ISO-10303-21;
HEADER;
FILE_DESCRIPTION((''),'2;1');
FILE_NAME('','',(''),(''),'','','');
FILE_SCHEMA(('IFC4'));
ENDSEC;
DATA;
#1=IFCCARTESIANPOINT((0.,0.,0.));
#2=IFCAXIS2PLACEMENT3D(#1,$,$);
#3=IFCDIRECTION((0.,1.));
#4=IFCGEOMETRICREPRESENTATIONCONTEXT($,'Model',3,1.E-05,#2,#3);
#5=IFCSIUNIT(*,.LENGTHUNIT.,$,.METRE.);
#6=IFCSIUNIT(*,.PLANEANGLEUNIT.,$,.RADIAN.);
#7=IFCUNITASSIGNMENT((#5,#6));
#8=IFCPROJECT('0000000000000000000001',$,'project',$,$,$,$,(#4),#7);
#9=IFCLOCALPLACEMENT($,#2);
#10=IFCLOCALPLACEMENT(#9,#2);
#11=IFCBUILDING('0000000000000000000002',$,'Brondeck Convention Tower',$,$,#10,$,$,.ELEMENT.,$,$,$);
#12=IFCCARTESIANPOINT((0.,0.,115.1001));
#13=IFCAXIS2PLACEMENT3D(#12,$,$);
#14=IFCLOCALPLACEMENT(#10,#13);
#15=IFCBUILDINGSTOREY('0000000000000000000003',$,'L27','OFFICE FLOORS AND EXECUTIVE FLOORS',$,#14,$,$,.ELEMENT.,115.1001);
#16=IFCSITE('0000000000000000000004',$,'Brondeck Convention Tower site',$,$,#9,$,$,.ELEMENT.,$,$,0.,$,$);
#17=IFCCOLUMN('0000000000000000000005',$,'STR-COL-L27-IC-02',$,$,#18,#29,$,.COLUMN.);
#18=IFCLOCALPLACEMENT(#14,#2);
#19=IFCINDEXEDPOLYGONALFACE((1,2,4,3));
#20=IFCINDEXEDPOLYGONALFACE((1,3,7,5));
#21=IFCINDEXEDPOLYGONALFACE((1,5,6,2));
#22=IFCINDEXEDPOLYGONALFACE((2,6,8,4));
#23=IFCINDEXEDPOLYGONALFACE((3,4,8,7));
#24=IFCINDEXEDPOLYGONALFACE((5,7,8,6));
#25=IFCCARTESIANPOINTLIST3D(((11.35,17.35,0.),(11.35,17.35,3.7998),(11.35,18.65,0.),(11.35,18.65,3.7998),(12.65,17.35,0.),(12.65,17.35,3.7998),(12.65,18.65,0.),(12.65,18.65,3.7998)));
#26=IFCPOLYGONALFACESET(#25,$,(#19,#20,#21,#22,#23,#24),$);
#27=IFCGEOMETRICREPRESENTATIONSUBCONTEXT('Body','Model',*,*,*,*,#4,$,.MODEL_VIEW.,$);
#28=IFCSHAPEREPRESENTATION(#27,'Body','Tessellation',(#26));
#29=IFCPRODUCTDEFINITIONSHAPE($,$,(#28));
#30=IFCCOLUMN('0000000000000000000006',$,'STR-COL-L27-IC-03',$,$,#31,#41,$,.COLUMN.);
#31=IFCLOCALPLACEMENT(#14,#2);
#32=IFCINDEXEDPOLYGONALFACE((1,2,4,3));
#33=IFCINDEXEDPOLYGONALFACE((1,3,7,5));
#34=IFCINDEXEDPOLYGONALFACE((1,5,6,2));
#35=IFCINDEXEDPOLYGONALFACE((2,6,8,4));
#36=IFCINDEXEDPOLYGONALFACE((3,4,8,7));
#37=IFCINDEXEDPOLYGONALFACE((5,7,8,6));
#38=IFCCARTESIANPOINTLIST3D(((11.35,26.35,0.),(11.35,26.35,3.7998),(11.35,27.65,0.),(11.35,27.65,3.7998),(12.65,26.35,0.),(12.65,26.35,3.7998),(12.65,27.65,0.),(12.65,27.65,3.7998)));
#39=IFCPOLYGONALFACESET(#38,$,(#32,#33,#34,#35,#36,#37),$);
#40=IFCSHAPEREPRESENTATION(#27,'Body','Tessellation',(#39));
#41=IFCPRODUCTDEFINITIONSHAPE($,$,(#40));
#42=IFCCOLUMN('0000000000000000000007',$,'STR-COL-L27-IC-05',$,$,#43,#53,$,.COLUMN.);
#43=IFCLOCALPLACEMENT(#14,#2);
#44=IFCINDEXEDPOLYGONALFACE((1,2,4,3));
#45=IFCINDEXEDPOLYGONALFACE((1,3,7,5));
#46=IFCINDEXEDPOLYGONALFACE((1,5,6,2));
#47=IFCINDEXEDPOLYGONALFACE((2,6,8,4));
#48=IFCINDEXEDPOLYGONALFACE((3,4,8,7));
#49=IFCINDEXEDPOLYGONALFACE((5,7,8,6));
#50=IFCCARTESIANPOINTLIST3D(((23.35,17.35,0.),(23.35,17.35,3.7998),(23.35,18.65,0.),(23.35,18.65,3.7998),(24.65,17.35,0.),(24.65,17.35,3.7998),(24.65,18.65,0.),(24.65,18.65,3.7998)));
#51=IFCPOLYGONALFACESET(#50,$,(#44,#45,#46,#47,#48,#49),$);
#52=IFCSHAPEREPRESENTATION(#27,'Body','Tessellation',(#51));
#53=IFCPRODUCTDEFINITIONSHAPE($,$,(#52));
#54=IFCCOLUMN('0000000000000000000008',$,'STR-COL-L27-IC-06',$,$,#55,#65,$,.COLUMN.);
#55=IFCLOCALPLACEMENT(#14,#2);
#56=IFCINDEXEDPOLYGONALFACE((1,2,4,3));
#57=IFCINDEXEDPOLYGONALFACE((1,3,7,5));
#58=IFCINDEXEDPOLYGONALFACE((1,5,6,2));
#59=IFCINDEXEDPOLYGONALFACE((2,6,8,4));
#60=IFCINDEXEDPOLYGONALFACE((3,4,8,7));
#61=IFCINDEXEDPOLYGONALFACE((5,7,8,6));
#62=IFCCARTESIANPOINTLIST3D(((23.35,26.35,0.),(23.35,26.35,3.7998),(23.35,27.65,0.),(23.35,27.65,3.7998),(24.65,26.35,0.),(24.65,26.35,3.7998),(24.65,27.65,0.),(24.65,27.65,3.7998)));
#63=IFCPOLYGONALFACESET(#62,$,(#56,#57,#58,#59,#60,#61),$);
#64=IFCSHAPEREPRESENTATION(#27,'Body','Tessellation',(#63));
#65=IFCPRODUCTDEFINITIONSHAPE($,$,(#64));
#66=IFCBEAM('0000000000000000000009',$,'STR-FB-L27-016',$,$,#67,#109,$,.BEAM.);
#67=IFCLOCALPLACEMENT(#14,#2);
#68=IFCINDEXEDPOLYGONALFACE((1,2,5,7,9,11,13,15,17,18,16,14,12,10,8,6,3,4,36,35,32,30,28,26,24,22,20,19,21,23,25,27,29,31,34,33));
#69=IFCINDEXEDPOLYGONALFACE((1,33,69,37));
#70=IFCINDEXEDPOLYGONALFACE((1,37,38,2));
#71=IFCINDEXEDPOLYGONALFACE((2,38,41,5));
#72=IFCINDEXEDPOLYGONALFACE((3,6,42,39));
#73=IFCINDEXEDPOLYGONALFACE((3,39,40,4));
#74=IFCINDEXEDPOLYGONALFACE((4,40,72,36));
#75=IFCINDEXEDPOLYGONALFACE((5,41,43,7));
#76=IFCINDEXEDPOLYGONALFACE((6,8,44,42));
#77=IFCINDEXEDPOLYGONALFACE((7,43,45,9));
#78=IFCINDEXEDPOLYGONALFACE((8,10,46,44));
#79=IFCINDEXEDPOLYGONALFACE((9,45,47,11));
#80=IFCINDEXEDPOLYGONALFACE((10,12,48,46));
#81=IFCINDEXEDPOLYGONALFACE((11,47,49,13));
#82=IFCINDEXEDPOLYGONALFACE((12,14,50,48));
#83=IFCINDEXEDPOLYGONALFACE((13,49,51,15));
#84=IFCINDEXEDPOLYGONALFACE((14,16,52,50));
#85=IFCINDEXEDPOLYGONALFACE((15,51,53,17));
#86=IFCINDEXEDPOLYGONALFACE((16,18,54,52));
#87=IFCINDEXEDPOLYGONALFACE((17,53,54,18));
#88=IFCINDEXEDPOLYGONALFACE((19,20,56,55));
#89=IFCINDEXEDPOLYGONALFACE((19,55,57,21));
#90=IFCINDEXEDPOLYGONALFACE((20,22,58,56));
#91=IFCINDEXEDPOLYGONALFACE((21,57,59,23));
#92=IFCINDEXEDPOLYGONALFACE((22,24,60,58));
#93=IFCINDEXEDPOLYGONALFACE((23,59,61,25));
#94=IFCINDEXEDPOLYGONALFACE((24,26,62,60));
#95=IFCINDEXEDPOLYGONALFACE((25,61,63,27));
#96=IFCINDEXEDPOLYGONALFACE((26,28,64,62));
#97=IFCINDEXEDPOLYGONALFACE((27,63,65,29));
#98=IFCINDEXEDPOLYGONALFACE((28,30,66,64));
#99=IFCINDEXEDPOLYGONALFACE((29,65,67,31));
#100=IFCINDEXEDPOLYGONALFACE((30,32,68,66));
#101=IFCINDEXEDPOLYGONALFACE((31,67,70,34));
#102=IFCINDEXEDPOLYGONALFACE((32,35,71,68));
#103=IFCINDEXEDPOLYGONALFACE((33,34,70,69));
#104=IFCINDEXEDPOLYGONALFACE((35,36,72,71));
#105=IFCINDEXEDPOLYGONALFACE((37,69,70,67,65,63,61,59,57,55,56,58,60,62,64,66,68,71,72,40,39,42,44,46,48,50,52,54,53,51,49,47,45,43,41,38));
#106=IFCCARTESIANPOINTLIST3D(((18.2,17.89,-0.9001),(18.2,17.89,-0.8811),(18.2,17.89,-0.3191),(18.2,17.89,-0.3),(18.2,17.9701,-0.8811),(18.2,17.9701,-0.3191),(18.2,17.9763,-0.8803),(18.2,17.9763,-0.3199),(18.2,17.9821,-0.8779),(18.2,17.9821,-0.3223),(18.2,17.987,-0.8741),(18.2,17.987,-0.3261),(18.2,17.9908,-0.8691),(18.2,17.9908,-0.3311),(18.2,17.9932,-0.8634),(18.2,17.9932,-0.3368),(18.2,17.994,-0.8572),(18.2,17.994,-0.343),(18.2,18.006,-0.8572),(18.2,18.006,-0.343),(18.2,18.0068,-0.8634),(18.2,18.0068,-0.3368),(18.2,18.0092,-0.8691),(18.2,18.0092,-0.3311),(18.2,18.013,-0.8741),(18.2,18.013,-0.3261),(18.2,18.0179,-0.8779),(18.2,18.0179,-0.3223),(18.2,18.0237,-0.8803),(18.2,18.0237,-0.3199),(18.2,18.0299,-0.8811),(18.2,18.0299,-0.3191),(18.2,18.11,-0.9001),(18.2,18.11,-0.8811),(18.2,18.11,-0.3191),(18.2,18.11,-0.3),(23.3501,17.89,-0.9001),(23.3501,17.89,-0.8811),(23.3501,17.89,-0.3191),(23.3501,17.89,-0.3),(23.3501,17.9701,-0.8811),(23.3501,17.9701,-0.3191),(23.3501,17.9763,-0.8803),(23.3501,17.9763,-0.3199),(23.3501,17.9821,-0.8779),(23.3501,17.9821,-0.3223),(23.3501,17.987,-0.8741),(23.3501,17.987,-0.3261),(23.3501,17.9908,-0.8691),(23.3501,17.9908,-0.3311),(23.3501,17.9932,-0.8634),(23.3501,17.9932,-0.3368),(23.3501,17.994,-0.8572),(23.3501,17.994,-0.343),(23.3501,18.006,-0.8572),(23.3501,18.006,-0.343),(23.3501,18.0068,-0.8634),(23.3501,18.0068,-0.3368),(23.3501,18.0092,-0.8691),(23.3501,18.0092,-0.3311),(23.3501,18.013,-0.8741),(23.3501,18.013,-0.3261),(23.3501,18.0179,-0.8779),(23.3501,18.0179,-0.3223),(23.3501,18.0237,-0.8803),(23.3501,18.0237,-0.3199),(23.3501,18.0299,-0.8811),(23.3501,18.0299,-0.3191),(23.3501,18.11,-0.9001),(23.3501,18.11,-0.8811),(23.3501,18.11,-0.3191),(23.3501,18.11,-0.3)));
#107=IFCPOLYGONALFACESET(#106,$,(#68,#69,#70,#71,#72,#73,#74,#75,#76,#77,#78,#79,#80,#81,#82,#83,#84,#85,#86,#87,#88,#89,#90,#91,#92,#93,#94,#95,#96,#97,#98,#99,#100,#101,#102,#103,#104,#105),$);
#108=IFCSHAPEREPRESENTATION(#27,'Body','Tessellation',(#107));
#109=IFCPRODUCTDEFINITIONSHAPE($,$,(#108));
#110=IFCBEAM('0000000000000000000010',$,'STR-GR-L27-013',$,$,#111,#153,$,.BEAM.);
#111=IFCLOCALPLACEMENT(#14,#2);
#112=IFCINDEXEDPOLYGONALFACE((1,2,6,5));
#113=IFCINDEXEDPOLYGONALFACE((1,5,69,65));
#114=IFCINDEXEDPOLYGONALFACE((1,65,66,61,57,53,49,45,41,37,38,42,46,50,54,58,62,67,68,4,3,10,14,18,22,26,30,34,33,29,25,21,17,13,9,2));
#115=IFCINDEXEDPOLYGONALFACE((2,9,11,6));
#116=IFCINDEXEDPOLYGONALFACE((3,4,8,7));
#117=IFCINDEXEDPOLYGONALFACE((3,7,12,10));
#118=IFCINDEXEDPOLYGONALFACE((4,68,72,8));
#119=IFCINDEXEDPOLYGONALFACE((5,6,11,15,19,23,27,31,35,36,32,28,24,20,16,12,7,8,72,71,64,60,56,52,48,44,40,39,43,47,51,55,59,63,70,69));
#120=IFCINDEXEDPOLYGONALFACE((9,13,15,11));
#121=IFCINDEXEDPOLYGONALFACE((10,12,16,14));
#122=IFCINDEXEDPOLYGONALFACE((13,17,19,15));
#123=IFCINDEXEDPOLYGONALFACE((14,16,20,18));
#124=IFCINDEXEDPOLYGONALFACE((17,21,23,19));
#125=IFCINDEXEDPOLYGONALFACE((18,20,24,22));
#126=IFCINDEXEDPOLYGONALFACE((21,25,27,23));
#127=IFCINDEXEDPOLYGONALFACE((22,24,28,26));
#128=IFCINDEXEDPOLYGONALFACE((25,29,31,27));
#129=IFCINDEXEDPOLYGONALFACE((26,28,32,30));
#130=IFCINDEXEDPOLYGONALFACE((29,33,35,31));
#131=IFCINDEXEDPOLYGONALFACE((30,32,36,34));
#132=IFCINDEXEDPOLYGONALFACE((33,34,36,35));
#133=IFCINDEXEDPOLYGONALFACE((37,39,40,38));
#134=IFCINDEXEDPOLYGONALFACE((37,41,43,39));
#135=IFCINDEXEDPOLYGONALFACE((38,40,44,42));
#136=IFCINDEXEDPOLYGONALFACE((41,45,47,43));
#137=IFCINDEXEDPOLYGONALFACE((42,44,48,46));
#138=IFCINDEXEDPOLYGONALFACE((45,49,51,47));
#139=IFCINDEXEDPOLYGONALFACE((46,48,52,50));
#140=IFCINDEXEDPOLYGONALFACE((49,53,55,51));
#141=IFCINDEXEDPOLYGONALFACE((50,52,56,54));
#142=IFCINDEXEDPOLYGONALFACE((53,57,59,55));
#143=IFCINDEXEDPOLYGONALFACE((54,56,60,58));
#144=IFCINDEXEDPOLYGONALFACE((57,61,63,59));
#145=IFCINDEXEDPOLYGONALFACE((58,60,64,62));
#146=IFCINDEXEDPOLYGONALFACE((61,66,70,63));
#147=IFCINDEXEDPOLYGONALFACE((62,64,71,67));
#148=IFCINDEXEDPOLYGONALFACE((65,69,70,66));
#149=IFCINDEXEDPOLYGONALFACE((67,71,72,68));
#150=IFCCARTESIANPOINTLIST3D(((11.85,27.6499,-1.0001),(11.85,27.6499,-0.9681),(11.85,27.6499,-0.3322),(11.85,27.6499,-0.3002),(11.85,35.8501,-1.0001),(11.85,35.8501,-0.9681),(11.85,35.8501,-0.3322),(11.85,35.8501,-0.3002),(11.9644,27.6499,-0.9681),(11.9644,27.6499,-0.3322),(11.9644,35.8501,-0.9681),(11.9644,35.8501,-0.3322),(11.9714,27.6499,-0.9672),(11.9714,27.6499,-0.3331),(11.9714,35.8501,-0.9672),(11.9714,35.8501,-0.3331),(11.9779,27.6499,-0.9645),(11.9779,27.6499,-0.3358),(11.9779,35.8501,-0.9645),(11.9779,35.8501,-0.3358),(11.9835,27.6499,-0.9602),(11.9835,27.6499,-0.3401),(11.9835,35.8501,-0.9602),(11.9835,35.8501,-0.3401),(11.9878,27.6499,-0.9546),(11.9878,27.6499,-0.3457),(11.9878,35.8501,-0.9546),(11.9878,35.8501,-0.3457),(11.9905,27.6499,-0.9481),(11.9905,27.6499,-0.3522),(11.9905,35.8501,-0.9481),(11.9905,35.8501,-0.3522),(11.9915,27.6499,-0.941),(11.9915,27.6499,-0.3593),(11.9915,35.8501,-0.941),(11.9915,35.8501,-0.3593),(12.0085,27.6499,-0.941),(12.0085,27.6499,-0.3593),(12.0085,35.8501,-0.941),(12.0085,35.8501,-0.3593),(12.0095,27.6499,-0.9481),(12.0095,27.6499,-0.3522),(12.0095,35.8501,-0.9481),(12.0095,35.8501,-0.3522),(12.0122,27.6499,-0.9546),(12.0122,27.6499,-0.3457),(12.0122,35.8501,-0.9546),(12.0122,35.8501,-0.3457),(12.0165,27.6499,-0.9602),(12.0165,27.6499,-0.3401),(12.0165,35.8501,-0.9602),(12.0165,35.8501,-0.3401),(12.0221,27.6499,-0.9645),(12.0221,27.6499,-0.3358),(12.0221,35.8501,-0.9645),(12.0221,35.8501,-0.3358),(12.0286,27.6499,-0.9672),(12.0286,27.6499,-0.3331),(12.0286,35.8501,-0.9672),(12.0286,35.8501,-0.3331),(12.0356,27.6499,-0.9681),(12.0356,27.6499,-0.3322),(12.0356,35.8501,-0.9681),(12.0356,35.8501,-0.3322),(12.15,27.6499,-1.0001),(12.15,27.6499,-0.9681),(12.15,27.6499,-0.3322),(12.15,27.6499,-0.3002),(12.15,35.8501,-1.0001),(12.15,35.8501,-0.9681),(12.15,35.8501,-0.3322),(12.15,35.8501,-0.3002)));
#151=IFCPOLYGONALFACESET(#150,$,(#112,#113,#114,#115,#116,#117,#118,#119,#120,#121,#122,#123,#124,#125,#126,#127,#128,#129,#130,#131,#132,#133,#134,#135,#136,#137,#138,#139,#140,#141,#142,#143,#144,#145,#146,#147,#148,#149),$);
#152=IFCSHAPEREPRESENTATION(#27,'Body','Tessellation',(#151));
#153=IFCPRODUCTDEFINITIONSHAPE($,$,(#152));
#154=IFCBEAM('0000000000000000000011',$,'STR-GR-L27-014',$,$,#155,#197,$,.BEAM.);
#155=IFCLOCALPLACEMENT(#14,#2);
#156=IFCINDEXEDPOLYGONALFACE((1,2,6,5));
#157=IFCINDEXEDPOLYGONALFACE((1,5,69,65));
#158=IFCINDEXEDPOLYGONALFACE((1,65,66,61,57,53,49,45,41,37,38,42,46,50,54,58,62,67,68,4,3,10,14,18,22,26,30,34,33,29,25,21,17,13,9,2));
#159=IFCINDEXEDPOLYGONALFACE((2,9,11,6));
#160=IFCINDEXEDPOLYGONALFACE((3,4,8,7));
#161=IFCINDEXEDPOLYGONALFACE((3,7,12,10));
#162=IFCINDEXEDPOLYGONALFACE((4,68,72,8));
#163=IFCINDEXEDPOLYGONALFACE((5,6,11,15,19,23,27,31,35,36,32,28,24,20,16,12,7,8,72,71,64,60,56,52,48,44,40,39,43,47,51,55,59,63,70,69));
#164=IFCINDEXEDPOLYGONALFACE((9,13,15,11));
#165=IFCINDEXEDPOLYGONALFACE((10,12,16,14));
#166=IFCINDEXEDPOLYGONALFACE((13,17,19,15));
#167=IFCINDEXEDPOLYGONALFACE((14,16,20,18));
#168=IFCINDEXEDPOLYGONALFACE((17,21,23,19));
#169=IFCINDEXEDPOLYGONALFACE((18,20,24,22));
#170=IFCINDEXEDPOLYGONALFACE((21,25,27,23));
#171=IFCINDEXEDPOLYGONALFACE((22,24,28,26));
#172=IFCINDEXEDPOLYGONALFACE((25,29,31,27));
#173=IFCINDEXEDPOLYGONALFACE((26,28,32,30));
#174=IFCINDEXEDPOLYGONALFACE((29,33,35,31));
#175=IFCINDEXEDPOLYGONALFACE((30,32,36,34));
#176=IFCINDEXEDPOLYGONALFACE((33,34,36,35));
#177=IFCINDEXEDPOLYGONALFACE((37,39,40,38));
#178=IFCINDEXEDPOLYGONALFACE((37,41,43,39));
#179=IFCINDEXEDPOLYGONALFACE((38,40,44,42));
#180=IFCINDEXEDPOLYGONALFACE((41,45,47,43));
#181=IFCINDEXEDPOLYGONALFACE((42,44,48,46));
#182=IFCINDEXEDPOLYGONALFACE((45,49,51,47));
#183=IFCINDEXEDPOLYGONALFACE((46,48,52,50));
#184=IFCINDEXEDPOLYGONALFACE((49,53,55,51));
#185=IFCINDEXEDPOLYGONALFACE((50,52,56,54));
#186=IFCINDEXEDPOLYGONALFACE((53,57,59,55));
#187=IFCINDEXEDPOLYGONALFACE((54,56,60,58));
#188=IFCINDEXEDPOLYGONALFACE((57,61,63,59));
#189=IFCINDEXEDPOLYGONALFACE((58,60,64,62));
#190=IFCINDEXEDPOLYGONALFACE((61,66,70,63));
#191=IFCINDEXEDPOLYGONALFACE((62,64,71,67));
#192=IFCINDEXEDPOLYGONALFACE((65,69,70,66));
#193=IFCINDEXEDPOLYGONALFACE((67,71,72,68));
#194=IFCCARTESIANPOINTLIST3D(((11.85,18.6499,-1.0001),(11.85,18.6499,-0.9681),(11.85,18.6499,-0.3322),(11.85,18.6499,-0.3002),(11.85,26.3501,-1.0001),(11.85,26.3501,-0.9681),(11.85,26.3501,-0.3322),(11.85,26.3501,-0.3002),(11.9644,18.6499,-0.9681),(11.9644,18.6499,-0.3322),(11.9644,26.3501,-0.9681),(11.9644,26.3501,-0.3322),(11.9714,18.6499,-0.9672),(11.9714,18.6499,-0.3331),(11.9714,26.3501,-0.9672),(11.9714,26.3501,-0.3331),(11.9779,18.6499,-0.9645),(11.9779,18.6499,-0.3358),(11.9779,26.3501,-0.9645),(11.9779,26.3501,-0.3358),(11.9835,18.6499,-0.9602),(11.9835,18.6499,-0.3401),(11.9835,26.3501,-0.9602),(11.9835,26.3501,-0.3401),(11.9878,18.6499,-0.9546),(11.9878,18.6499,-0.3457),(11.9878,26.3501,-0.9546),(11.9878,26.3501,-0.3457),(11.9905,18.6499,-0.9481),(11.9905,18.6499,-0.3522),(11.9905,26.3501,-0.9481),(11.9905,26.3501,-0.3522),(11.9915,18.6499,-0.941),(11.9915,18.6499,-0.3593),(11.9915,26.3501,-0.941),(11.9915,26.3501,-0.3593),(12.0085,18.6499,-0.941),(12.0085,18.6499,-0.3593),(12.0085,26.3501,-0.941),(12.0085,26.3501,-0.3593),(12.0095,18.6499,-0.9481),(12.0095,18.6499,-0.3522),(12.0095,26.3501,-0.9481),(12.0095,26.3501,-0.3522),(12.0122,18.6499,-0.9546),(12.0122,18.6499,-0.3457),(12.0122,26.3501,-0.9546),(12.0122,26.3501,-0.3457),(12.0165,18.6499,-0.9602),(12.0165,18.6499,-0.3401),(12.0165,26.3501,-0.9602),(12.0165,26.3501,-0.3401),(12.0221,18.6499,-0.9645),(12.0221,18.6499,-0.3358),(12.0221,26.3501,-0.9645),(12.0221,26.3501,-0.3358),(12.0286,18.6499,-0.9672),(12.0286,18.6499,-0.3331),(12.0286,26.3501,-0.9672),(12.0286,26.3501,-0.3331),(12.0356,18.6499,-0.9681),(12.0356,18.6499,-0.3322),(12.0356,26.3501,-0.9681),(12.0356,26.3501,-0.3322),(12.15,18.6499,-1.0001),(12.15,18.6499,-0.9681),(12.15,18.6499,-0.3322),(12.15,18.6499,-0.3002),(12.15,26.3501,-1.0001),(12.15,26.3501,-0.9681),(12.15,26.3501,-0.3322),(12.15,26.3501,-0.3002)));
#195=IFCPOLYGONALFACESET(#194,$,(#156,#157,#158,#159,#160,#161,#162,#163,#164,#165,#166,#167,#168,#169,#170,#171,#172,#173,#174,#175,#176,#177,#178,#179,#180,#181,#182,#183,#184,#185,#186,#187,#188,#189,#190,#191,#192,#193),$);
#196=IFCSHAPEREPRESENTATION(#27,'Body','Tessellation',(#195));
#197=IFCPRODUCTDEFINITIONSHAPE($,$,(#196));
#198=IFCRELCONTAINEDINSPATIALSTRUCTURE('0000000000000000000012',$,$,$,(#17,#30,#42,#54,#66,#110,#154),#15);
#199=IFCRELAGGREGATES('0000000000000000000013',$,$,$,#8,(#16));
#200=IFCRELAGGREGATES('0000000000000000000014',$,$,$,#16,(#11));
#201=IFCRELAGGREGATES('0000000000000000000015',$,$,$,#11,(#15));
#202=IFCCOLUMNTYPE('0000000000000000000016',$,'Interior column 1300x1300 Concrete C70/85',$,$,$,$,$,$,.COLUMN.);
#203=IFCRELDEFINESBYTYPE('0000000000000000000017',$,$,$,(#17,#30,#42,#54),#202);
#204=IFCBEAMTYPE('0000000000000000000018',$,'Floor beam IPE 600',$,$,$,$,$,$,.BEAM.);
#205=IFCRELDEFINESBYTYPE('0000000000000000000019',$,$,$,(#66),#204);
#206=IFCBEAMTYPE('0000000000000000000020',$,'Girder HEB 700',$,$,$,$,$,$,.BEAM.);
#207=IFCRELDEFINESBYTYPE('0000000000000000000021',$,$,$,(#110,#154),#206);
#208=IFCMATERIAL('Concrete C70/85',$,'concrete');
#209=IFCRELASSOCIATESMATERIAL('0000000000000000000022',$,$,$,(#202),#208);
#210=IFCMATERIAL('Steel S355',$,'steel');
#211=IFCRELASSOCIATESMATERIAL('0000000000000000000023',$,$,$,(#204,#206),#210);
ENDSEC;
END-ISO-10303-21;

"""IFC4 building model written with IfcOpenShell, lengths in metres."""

from ifc_helpers import new_model, si_unit, direction, frame, origin, origin_2d, place, context, subcontext, project, spatial, rectangle, i_section, extrude, material, material_profile, profile_set, type_object, element, save


model = new_model("IFC4")

# Units and contexts
model_context = context("Model", 3, precision=1e-05, world=origin(), true_north=direction((0.0, 1.0)))
body_context = subcontext(model_context, "Body", "Model", "MODEL_VIEW")
ifc_project = project(units=[si_unit("LENGTHUNIT", "METRE"), si_unit("PLANEANGLEUNIT", "RADIAN")], contexts=[model_context])

# Site, building, storey
site_placement = place(None, origin())
site = spatial("IfcSite", under=ifc_project, at=site_placement, Name="Brondeck Convention Tower site", CompositionType="ELEMENT", RefElevation=0.0)
building_placement = place(site_placement, origin())
building = spatial("IfcBuilding", under=site, at=building_placement, Name="Brondeck Convention Tower", CompositionType="ELEMENT")
storey_placement = place(building_placement, frame((0.0, 0.0, 115.1001)))
storey = spatial("IfcBuildingStorey", under=building, at=storey_placement, Name="L27", Description="OFFICE FLOORS AND EXECUTIVE FLOORS", CompositionType="ELEMENT", Elevation=115.1001)

# Columns
ifc_material_1 = material(Name="Concrete C70/85", Category="concrete")
ifc_material_profile_1 = material_profile(ifc_material_1, rectangle(XDim=1.3, YDim=1.3, at=origin_2d()), Name="Interior column 1300x1300 Concrete C70/85")
ifc_profile_set_1 = profile_set([ifc_material_profile_1], Name="Concrete C70/85")
column_type = type_object("IfcColumnType", Name="Interior column 1300x1300 Concrete C70/85", PredefinedType="COLUMN", material=ifc_profile_set_1)
for number, where, z_axis, x_axis, name in (
    (1, (12.0, 18.0, 0.0), (0.0, 0.0, 1.0), (1.0, 0.0, 0.0), "STR-COL-L27-IC-02"),
    (2, (12.0, 27.0, 0.0), (0.0, 0.0, 1.0), (1.0, 0.0, 0.0), "STR-COL-L27-IC-03"),
    (3, (24.0, 18.0, 0.0), (0.0, 0.0, 1.0), (1.0, 0.0, 0.0), "STR-COL-L27-IC-05"),
    (4, (24.0, 27.0, 0.0), (0.0, 0.0, 1.0), (1.0, 0.0, 0.0), "STR-COL-L27-IC-06"),
):
    element("IfcColumn", number, at=place(storey_placement, frame(where, z_axis=z_axis, x_axis=x_axis)), inside=storey, type_object=column_type, Name=name, PredefinedType="COLUMN", context=body_context, shape_type="SweptSolid", body=[
        extrude(rectangle(XDim=1.3, YDim=1.3, at=origin_2d()), origin(), (0.0, 0.0, 1.0), 3.7998),
    ])

# Beams
ifc_material_2 = material(Name="Steel S355", Category="steel")
ifc_material_profile_2 = material_profile(ifc_material_2, i_section(OverallWidth=0.22, OverallDepth=0.6001, WebThickness=0.012, FlangeThickness=0.019, FilletRadius=0.0239, at=origin_2d()), Name="IPE 600")
ifc_profile_set_2 = profile_set([ifc_material_profile_2], Name="Steel S355")
beam_type_1 = type_object("IfcBeamType", Name="Floor beam IPE 600", PredefinedType="BEAM", material=ifc_profile_set_2)
beam_1_placement = place(storey_placement, frame((18.2, 18.0, -0.6001), z_axis=(1.0, 0.0, 0.0), x_axis=(0.0, 1.0, 0.0)))
element("IfcBeam", 5, at=beam_1_placement, inside=storey, type_object=beam_type_1, Name="STR-FB-L27-016", PredefinedType="BEAM", context=body_context, shape_type="SweptSolid", body=[
    extrude(i_section(OverallWidth=0.22, OverallDepth=0.6001, WebThickness=0.012, FlangeThickness=0.019, FilletRadius=0.0239, at=origin_2d()), origin(), (0.0, 0.0, 1.0), 5.1501),
])
ifc_material_profile_3 = material_profile(ifc_material_2, i_section(OverallWidth=0.3, OverallDepth=0.7, WebThickness=0.0171, FlangeThickness=0.032, FilletRadius=0.0271, at=origin_2d()), Name="HEB 700")
ifc_profile_set_3 = profile_set([ifc_material_profile_3], Name="Steel S355")
beam_type_2 = type_object("IfcBeamType", Name="Girder HEB 700", PredefinedType="BEAM", material=ifc_profile_set_3)
beam_2_placement = place(storey_placement, frame((12.0, 35.8501, -0.6501), z_axis=(0.0, -1.0, 0.0), x_axis=(1.0, 0.0, 0.0)))
element("IfcBeam", 6, at=beam_2_placement, inside=storey, type_object=beam_type_2, Name="STR-GR-L27-013", PredefinedType="BEAM", context=body_context, shape_type="SweptSolid", body=[
    extrude(i_section(OverallWidth=0.3, OverallDepth=0.7, WebThickness=0.0171, FlangeThickness=0.032, FilletRadius=0.0271, at=origin_2d()), origin(), (0.0, 0.0, 1.0), 8.2002),
])
for number, where, z_axis, x_axis, name in (
    (7, (12.0, 26.3501, -0.6501), (0.0, -1.0, 0.0), (1.0, 0.0, 0.0), "STR-GR-L27-014"),
):
    element("IfcBeam", number, at=place(storey_placement, frame(where, z_axis=z_axis, x_axis=x_axis)), inside=storey, type_object=beam_type_2, Name=name, PredefinedType="BEAM", context=body_context, shape_type="SweptSolid", body=[
        extrude(i_section(OverallWidth=0.3, OverallDepth=0.7, WebThickness=0.0171, FlangeThickness=0.032, FilletRadius=0.0271, at=origin_2d()), origin(), (0.0, 0.0, 1.0), 7.7002),
    ])

save(model, "model.ifc")
